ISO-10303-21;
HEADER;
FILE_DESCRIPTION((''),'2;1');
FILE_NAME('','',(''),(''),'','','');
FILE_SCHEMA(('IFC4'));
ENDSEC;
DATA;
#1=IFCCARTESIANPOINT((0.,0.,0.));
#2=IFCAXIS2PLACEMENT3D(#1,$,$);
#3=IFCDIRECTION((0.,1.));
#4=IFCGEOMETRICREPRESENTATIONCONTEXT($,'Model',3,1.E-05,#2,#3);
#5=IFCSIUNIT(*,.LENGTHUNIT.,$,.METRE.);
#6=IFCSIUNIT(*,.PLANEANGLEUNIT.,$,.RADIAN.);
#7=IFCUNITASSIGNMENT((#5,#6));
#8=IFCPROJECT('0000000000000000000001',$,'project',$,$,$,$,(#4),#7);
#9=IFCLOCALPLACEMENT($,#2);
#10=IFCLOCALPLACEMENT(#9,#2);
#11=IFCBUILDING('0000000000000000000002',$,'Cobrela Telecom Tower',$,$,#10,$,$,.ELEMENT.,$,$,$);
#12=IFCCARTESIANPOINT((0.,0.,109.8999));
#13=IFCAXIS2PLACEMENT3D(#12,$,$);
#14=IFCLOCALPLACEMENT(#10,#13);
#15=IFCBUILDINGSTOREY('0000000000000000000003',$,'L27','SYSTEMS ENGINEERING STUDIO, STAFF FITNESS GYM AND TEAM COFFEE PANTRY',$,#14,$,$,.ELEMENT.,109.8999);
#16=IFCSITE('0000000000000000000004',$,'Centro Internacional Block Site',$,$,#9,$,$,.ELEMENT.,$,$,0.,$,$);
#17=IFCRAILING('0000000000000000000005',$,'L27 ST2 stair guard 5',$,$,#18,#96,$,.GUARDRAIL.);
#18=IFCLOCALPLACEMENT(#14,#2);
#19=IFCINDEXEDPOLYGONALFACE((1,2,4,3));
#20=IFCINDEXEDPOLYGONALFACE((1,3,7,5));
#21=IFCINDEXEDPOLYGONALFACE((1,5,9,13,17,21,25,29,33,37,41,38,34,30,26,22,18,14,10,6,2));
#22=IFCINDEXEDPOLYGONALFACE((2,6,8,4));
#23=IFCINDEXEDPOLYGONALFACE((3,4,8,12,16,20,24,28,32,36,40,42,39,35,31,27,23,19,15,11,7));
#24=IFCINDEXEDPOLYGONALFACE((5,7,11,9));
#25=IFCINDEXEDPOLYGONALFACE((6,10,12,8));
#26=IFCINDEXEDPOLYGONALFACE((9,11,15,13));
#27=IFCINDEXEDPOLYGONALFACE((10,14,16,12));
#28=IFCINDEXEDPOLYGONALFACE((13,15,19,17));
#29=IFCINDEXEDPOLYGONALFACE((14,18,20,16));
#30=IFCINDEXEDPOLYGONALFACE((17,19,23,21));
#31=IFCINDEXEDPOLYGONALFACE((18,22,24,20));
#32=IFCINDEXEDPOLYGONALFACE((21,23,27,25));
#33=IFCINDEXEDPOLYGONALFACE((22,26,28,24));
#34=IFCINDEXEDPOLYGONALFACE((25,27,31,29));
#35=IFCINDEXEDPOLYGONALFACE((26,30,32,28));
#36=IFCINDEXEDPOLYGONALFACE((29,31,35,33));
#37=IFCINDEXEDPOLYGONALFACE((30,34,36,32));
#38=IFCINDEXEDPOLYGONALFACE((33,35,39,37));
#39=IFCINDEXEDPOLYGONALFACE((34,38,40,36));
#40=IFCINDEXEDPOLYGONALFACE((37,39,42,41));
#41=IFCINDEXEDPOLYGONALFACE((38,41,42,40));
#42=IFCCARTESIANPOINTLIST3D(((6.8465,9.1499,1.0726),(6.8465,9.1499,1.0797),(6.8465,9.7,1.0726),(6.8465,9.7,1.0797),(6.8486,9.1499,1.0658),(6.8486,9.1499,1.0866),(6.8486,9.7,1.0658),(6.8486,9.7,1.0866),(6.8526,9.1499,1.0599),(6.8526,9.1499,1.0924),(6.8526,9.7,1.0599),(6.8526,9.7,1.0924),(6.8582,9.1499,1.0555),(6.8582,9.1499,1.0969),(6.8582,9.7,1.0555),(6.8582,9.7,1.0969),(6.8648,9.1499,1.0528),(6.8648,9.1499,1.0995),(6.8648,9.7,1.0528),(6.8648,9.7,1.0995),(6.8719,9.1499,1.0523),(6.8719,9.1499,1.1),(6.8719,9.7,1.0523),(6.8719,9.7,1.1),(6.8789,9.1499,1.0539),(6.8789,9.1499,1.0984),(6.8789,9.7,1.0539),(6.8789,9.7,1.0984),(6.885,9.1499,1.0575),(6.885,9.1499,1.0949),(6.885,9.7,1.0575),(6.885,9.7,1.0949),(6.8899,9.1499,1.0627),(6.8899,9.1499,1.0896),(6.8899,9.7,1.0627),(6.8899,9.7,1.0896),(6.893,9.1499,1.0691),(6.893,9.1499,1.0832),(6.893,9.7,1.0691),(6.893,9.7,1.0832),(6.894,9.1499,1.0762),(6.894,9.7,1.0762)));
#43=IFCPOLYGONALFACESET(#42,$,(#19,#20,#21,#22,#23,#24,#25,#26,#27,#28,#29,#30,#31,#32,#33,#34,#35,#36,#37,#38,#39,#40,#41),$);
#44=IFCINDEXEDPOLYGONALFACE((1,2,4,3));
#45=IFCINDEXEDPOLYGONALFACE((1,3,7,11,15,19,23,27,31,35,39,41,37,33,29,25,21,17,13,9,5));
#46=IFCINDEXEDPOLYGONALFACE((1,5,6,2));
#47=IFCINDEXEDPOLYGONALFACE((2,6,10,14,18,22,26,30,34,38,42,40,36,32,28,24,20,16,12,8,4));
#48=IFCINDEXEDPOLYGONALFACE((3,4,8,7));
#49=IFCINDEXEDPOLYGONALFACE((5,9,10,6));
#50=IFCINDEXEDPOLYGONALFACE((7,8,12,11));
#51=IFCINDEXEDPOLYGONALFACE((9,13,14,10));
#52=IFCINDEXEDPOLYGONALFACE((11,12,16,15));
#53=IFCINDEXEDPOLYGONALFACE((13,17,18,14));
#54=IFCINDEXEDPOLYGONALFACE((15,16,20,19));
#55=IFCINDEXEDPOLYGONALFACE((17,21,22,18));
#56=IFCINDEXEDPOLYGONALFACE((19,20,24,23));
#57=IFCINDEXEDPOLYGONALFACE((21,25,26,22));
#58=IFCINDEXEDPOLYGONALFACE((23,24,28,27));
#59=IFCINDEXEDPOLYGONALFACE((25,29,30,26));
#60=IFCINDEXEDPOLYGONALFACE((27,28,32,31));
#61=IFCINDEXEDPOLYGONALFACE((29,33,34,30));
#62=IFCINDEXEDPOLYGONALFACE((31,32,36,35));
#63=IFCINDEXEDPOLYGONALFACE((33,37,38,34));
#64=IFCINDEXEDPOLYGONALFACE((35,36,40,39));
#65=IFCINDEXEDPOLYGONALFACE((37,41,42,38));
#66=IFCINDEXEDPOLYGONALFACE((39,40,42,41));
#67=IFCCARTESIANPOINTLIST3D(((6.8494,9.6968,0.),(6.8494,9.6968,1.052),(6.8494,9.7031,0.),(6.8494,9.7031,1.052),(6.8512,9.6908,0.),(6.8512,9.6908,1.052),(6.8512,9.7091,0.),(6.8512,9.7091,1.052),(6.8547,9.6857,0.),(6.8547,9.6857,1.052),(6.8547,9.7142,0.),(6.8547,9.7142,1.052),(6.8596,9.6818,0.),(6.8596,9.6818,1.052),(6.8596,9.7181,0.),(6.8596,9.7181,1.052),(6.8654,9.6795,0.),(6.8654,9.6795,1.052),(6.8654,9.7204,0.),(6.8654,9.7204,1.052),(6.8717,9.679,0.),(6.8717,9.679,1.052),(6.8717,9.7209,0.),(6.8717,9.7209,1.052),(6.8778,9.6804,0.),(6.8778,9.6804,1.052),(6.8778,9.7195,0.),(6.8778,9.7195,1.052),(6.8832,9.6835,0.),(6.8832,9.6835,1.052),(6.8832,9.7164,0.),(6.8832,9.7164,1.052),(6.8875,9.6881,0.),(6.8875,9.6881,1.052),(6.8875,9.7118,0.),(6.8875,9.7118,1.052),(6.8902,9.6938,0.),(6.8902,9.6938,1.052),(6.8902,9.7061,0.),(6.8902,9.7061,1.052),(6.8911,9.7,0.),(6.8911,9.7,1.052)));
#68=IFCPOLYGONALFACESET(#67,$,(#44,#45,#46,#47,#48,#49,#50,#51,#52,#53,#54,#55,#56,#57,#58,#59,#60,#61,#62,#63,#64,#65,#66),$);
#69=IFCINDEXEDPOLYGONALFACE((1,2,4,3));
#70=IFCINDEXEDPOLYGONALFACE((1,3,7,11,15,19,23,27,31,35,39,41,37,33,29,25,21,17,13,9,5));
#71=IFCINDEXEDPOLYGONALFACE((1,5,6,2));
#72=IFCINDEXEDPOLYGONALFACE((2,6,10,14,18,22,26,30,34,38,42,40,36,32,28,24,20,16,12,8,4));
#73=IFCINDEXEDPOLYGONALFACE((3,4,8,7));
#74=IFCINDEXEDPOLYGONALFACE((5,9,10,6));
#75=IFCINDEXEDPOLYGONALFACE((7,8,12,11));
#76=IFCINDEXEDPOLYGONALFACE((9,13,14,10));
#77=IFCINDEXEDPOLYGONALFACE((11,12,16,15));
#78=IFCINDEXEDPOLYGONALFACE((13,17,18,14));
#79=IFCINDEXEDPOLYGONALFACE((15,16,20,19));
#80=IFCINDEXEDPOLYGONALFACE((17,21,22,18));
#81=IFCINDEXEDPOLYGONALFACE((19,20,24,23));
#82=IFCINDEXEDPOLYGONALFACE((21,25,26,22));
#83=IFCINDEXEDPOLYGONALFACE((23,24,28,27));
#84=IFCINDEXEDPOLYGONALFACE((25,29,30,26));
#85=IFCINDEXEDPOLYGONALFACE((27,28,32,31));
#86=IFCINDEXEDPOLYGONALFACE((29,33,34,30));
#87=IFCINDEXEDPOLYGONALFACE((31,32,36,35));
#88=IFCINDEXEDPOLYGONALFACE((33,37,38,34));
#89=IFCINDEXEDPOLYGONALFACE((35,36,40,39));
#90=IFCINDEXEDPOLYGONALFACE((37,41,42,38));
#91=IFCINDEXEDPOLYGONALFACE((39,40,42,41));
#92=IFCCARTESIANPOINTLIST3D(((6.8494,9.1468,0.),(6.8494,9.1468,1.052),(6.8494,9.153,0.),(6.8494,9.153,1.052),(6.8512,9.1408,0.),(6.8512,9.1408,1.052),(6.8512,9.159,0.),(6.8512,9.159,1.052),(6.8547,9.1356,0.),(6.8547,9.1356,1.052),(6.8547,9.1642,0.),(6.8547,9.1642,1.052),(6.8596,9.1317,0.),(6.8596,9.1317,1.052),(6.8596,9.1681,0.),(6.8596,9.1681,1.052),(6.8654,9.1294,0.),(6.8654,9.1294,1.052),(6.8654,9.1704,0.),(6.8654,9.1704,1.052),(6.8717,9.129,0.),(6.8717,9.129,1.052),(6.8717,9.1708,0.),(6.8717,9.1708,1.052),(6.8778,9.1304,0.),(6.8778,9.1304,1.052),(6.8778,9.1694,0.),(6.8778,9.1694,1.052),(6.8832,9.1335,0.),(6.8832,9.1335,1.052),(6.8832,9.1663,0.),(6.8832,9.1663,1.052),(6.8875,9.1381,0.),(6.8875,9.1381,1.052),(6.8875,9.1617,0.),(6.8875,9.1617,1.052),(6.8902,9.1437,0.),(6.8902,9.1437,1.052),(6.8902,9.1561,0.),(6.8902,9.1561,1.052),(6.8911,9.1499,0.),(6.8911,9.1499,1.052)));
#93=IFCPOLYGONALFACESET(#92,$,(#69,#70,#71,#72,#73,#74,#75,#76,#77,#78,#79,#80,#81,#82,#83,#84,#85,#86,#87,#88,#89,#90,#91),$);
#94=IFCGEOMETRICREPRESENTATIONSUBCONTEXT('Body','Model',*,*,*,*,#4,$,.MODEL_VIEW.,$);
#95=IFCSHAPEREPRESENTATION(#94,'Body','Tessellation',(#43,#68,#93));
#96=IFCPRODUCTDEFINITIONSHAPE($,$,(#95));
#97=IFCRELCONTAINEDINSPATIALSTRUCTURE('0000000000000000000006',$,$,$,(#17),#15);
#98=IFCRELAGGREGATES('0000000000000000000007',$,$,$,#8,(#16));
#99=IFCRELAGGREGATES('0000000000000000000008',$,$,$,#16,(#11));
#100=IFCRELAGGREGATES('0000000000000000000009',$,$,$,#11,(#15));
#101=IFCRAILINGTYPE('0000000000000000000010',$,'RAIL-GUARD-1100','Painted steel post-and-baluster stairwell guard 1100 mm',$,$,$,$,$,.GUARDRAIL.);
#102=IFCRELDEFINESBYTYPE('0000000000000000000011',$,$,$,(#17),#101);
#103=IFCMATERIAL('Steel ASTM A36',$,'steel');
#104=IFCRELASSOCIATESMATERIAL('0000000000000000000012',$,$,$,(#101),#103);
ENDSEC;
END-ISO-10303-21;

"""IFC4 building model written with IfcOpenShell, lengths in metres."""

from ifc_helpers import new_model, si_unit, direction, frame, origin, origin_2d, place, context, subcontext, project, spatial, circle, extrude, material, type_object, element, save


model = new_model("IFC4")

# Units and contexts
model_context = context("Model", 3, precision=1e-05, world=origin(), true_north=direction((0.0, 1.0)))
body_context = subcontext(model_context, "Body", "Model", "MODEL_VIEW")
ifc_project = project(units=[si_unit("LENGTHUNIT", "METRE"), si_unit("PLANEANGLEUNIT", "RADIAN")], contexts=[model_context])

# Site, building, storey
site_placement = place(None, origin())
site = spatial("IfcSite", under=ifc_project, at=site_placement, Name="Centro Internacional Block Site", CompositionType="ELEMENT", RefElevation=0.0)
building_placement = place(site_placement, origin())
building = spatial("IfcBuilding", under=site, at=building_placement, Name="Cobrela Telecom Tower", CompositionType="ELEMENT")
storey_placement = place(building_placement, frame((0.0, 0.0, 109.8999)))
storey = spatial("IfcBuildingStorey", under=building, at=storey_placement, Name="L27", Description="SYSTEMS ENGINEERING STUDIO, STAFF FITNESS GYM AND TEAM COFFEE PANTRY", CompositionType="ELEMENT", Elevation=109.8999)

# Railing
ifc_material_1 = material(Name="Steel ASTM A36", Category="steel")
railing_type_1 = type_object("IfcRailingType", Name="RAIL-GUARD-1100", Description="Painted steel post-and-baluster stairwell guard 1100 mm", PredefinedType="GUARDRAIL", material=ifc_material_1)
railing_1_placement = place(storey_placement, frame((6.8701, 9.7, 0.0)))
element("IfcRailing", 1, at=railing_1_placement, inside=storey, type_object=railing_type_1, Name="L27 ST2 stair guard 5", PredefinedType="GUARDRAIL", context=body_context, shape_type="SweptSolid", body=[
    extrude(circle(Radius=0.0239, at=origin_2d()), frame((0.0, 0.0, 1.0762), z_axis=(0.0, -1.0, 0.0), x_axis=(1.0, 0.0, 0.0)), (0.0, 0.0, 1.0), 0.55),
    extrude(circle(Radius=0.021, at=origin_2d()), origin(), (0.0, 0.0, 1.0), 1.052),
    extrude(circle(Radius=0.021, at=origin_2d()), frame((0.0, -0.55, 0.0)), (0.0, 0.0, 1.0), 1.052),
])

save(model, "model.ifc")
